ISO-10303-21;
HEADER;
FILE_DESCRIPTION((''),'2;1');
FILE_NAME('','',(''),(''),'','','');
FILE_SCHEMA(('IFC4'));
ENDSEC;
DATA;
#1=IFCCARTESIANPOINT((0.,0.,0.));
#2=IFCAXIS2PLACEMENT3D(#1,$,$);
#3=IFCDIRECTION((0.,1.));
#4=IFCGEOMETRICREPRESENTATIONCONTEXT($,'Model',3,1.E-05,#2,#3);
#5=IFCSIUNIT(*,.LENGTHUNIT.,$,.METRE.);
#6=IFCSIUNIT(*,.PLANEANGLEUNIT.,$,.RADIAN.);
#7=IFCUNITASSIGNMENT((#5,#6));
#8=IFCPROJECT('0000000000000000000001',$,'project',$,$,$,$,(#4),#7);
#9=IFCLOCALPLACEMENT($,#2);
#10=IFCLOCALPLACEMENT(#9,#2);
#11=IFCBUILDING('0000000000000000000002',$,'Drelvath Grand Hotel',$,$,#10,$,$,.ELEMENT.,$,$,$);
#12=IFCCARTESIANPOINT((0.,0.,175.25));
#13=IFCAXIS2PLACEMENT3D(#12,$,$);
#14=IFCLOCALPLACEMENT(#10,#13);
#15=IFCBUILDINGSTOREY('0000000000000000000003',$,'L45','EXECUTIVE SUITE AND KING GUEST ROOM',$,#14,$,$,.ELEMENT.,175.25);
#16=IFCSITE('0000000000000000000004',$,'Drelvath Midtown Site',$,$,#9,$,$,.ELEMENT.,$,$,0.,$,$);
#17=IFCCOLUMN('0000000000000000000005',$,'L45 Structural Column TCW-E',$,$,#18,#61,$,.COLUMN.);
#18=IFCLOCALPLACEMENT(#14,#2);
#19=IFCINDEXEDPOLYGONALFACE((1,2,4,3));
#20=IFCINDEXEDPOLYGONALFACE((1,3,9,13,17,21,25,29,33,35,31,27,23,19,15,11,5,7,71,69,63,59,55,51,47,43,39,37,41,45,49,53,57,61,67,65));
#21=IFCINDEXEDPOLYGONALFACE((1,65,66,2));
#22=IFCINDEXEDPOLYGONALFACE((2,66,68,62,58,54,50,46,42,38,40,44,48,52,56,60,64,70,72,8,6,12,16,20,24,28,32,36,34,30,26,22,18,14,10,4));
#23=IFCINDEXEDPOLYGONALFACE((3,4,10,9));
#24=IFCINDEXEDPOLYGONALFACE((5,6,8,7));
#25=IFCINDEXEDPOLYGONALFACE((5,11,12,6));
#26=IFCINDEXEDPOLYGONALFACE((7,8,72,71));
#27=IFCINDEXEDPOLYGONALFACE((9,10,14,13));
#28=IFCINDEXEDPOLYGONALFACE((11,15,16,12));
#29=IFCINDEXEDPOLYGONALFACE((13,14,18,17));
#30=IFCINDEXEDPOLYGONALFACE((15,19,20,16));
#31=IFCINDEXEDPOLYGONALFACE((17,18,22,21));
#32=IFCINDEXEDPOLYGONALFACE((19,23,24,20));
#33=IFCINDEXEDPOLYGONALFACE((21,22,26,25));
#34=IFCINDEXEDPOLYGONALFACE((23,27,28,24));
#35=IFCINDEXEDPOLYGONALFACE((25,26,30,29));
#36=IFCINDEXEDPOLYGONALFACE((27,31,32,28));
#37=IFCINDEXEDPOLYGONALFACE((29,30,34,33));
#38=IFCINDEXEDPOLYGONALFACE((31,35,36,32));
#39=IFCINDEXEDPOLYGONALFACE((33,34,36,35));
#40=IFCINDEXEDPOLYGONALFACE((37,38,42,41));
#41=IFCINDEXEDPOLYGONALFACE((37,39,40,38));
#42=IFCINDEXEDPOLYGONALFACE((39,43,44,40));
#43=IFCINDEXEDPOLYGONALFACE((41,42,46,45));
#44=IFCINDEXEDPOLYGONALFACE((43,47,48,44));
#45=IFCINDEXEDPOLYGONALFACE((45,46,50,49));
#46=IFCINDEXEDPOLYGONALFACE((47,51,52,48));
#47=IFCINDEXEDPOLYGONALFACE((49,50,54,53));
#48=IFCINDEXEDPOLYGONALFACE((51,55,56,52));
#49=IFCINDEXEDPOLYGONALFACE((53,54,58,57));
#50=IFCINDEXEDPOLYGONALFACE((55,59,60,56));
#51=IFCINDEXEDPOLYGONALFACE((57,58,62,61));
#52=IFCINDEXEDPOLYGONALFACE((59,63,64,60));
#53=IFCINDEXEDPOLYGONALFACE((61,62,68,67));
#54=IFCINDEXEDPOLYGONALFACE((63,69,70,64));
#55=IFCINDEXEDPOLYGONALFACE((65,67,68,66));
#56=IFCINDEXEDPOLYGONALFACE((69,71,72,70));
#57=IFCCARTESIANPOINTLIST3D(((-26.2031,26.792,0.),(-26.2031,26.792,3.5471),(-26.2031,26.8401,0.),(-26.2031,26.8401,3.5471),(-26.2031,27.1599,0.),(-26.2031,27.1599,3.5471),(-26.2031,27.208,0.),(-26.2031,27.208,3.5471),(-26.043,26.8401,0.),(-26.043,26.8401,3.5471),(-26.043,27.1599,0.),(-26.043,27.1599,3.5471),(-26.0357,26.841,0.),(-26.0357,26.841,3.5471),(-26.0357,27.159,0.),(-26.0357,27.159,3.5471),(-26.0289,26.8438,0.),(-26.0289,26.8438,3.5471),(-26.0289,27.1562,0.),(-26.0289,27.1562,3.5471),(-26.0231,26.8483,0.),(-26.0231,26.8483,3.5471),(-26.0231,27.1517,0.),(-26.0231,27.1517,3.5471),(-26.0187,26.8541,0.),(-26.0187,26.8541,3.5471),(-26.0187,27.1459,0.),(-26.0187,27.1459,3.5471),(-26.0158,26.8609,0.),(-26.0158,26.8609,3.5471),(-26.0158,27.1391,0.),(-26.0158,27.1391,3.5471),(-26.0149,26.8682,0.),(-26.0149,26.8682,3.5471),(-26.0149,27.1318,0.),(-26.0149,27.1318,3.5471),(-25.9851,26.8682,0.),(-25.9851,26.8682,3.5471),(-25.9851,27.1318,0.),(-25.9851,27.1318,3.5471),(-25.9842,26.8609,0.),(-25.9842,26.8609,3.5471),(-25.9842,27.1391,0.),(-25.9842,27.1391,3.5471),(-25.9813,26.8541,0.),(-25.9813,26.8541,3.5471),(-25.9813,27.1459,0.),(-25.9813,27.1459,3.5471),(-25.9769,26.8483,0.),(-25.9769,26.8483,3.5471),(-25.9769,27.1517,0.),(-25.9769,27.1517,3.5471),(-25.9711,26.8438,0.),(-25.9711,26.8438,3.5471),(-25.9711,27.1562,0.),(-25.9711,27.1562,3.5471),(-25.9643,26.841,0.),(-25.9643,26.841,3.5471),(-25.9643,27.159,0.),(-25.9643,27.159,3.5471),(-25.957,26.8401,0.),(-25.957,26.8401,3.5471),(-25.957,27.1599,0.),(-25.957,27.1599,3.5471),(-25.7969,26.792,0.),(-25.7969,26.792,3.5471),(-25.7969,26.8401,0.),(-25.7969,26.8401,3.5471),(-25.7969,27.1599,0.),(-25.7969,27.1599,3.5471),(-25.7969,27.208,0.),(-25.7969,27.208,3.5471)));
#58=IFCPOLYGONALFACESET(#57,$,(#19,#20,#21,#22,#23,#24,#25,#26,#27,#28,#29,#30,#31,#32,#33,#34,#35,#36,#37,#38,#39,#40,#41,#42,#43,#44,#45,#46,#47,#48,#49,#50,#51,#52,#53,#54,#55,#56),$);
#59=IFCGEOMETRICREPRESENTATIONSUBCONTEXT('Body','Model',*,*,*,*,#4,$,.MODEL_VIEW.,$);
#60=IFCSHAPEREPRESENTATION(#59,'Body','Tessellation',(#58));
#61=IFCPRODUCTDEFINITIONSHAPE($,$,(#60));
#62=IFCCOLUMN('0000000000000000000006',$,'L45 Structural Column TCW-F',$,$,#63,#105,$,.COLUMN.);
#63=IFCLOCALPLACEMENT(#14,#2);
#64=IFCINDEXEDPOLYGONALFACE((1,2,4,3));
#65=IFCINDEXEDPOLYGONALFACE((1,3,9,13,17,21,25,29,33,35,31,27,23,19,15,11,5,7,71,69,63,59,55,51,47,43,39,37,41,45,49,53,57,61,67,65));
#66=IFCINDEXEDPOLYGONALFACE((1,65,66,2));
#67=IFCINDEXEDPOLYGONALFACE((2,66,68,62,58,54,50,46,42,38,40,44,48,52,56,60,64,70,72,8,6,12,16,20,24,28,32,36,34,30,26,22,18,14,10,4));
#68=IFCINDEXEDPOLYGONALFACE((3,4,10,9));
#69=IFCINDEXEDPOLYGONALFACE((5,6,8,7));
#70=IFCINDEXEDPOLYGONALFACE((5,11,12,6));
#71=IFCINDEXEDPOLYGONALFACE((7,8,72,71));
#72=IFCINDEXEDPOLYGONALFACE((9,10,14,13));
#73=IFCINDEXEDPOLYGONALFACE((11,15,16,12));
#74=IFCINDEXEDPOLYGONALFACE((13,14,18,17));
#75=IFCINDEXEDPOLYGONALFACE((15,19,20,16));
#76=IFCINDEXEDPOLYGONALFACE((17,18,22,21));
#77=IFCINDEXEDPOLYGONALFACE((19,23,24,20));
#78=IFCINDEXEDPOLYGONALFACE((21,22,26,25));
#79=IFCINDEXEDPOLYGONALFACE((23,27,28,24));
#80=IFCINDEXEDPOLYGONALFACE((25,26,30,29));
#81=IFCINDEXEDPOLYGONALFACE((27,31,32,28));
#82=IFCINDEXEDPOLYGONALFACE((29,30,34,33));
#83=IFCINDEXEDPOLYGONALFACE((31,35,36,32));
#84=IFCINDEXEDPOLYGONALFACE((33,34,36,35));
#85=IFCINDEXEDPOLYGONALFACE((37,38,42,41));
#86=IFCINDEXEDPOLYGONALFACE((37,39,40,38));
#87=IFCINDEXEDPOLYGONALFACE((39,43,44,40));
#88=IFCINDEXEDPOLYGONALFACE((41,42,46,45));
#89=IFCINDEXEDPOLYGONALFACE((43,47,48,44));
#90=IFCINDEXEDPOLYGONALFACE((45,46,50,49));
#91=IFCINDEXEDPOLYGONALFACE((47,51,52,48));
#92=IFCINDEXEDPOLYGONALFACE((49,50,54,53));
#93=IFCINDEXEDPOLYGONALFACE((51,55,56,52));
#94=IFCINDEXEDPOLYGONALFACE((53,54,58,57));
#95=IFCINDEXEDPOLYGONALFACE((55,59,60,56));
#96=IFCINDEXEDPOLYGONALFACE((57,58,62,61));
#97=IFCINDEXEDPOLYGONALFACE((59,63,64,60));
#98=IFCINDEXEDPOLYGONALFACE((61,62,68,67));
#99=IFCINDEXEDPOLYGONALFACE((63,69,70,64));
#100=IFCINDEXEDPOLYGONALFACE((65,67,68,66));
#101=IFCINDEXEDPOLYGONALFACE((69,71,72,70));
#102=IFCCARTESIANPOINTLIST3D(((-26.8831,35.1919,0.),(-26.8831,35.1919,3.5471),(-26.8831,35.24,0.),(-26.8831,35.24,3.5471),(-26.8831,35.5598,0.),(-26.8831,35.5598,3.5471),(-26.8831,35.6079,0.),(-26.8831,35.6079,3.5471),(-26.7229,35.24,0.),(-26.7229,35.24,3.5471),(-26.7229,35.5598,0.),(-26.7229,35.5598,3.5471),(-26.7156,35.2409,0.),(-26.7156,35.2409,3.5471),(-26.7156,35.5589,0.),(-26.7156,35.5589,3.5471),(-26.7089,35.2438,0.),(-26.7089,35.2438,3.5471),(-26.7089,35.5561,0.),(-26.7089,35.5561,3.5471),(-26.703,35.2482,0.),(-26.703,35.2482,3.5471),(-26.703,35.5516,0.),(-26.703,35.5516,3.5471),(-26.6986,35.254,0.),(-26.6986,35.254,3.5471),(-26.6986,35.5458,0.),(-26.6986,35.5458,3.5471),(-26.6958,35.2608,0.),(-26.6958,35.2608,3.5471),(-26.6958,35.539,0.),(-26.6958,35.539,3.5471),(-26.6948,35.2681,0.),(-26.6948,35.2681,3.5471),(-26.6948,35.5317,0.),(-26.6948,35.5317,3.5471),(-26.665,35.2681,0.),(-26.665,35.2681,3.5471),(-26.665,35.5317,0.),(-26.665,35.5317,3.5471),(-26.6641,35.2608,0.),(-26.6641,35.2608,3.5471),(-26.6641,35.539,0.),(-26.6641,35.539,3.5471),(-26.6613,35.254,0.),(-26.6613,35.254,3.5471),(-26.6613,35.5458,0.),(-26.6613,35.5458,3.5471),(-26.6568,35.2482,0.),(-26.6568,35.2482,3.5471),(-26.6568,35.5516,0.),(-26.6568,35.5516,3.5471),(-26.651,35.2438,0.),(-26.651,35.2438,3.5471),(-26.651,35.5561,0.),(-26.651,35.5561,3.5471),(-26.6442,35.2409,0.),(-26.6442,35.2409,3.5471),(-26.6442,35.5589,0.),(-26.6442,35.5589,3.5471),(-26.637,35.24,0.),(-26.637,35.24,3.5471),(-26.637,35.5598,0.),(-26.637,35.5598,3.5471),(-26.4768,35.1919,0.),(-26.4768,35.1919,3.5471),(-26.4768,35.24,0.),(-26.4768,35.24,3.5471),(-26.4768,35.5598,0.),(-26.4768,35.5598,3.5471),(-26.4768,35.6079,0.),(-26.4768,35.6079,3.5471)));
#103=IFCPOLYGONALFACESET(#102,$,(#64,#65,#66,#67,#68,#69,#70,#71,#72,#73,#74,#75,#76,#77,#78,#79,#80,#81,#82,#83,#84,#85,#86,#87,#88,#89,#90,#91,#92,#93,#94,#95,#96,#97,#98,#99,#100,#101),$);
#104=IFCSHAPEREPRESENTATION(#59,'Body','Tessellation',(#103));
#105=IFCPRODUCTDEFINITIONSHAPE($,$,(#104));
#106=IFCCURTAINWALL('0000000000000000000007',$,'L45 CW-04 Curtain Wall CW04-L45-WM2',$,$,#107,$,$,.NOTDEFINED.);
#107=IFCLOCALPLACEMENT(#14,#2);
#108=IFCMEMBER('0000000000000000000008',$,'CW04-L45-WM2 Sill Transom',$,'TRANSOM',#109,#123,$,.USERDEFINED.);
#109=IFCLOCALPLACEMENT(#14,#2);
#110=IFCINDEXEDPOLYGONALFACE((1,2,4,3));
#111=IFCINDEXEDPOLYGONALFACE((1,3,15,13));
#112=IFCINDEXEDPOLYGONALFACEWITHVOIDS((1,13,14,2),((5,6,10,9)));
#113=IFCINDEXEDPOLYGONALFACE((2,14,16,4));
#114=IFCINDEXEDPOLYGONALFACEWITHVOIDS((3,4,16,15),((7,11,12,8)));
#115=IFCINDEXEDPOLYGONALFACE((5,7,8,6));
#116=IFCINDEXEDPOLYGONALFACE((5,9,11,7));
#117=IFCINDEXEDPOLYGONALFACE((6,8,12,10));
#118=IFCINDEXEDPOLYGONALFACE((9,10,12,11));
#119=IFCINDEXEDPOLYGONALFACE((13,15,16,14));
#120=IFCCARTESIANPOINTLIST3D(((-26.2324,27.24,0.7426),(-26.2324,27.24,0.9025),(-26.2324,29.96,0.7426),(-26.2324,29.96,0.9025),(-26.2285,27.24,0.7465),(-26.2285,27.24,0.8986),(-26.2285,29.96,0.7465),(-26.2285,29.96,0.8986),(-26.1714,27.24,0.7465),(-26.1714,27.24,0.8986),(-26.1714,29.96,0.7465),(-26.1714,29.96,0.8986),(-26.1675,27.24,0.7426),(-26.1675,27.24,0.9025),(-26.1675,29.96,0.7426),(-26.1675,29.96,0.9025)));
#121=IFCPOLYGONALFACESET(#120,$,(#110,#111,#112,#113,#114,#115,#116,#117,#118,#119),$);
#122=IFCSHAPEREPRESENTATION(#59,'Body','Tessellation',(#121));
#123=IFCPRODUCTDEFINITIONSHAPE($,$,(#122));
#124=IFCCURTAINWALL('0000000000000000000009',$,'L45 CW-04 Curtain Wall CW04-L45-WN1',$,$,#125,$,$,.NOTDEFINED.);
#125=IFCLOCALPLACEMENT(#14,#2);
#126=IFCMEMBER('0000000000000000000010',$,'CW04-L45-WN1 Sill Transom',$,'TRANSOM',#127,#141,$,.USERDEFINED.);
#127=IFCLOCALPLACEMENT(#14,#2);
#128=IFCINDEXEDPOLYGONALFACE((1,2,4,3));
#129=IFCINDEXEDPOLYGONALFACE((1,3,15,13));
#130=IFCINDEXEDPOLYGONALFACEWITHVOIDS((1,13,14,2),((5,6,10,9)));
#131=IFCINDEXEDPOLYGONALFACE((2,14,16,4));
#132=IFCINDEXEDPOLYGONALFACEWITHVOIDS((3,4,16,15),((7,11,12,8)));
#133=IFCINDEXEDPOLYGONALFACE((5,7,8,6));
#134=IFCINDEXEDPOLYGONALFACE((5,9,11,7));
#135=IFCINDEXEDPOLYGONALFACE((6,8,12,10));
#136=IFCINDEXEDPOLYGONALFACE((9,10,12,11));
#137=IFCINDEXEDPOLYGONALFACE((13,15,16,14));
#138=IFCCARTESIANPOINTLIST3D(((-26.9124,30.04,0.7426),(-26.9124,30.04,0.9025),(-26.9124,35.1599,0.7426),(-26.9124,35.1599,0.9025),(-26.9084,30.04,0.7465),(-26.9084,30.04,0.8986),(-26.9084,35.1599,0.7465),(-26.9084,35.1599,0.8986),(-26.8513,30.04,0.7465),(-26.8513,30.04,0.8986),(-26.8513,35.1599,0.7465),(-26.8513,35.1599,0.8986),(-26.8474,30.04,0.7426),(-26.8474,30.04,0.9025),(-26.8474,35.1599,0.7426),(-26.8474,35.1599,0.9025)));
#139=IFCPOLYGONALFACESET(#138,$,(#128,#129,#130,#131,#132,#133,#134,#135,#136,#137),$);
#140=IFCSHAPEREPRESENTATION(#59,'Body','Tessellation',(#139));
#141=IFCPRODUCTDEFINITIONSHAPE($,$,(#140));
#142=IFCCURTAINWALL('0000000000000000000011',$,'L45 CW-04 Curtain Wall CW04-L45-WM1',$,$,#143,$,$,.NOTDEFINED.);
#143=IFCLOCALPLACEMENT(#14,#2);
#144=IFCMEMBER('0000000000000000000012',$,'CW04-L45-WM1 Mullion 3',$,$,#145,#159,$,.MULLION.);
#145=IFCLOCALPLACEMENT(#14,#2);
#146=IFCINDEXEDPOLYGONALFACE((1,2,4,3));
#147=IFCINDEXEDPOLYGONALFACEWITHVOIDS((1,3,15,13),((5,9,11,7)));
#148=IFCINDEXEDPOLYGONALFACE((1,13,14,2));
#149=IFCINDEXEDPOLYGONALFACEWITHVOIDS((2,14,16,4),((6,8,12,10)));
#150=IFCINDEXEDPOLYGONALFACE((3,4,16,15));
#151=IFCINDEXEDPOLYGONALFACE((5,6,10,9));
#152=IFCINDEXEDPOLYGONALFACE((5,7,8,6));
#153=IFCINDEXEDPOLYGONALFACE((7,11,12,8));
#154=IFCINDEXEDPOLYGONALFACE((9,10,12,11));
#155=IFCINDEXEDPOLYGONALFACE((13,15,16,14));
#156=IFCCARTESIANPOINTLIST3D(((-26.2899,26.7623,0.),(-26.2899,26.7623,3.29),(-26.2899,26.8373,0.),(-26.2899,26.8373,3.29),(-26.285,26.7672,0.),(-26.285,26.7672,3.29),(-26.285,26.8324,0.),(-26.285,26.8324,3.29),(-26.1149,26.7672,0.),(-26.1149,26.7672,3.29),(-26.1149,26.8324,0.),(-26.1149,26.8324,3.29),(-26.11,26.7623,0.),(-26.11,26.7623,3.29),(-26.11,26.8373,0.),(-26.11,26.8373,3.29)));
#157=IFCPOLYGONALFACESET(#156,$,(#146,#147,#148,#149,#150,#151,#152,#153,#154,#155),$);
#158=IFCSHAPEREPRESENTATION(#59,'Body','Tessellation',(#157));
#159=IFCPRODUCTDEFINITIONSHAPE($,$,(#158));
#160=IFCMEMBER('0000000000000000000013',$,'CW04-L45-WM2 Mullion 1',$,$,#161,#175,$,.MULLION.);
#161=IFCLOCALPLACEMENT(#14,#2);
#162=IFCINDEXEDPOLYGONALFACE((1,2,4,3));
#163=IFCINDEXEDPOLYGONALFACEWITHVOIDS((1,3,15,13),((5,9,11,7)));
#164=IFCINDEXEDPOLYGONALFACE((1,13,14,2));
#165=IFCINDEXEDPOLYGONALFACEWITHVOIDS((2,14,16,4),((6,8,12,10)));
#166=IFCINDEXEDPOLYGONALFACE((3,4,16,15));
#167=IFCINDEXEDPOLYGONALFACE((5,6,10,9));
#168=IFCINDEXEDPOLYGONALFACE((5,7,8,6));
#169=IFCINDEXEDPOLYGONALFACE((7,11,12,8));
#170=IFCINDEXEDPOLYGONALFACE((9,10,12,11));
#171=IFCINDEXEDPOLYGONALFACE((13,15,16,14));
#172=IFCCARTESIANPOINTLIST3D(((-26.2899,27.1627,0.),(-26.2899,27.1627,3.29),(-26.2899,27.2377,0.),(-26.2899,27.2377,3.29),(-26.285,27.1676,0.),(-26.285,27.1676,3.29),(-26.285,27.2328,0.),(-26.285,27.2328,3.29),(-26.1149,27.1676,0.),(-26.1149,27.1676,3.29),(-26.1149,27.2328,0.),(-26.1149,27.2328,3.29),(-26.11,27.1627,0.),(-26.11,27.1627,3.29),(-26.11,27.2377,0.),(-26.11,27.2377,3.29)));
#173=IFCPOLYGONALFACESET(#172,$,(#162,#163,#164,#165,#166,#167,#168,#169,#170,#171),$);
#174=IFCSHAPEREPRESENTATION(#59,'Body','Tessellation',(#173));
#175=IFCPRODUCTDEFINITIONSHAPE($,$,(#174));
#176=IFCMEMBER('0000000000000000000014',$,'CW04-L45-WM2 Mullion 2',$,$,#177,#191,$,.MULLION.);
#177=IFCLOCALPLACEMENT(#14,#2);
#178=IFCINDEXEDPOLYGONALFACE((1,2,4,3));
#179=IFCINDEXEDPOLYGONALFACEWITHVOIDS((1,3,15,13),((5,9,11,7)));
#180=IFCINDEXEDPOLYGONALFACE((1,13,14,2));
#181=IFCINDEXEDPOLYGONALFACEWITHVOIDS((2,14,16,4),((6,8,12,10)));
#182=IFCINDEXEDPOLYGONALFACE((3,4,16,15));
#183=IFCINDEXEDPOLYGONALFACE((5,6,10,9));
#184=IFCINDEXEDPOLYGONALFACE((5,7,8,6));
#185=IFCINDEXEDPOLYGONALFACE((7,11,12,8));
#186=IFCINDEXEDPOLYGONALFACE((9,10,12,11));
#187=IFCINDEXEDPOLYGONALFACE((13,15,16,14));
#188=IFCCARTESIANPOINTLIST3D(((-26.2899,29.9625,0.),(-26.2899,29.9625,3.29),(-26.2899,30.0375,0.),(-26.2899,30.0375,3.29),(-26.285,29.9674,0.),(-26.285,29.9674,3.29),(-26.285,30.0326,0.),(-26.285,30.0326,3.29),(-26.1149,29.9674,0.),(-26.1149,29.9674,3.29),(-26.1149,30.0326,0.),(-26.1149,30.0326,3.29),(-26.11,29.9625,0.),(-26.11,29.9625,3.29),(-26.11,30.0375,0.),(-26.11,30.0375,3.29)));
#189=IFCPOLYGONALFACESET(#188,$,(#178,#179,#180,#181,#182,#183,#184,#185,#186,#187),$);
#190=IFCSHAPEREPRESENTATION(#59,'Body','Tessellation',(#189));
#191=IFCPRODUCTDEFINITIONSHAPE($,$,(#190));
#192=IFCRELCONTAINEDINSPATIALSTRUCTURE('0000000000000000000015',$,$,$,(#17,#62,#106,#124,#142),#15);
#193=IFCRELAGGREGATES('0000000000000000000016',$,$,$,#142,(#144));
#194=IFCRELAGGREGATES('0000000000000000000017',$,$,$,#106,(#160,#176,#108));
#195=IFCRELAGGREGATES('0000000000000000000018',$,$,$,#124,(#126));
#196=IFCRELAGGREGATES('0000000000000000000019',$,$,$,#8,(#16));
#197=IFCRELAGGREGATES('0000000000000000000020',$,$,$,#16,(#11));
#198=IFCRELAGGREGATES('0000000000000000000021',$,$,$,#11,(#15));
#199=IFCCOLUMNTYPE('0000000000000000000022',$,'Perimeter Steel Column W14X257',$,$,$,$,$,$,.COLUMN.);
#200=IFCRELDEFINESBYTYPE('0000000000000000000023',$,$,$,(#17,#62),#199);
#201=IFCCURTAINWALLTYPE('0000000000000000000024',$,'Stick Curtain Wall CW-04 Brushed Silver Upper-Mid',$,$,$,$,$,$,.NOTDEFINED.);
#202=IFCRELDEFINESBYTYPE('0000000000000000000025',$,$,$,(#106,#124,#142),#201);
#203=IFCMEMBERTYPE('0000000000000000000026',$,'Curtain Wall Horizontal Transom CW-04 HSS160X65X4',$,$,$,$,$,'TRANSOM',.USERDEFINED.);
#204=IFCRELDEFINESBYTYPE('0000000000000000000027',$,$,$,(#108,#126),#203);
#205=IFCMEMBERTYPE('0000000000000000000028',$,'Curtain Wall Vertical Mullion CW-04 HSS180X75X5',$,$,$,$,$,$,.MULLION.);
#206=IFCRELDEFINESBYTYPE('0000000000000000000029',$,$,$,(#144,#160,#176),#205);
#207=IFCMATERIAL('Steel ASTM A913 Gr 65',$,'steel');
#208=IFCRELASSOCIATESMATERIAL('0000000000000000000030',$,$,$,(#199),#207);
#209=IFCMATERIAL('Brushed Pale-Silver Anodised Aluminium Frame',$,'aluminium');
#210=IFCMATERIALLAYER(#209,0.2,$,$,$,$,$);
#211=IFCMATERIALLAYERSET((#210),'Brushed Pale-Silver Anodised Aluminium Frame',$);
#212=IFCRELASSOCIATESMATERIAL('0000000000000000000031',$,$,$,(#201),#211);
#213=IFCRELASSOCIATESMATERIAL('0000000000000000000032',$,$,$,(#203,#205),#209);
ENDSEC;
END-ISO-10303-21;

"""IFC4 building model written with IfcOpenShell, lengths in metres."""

from ifc_helpers import new_model, si_unit, direction, frame, origin, origin_2d, place, context, subcontext, project, spatial, hollow_rectangle, i_section, extrude, material, layer, layer_set, material_profile, profile_set, type_object, element, aggregate, save


model = new_model("IFC4")

# Units and contexts
model_context = context("Model", 3, precision=1e-05, world=origin(), true_north=direction((0.0, 1.0)))
body_context = subcontext(model_context, "Body", "Model", "MODEL_VIEW")
ifc_project = project(units=[si_unit("LENGTHUNIT", "METRE"), si_unit("PLANEANGLEUNIT", "RADIAN")], contexts=[model_context])

# Site, building, storey
site_placement = place(None, origin())
site = spatial("IfcSite", under=ifc_project, at=site_placement, Name="Drelvath Midtown Site", CompositionType="ELEMENT", RefElevation=0.0)
building_placement = place(site_placement, origin())
building = spatial("IfcBuilding", under=site, at=building_placement, Name="Drelvath Grand Hotel", CompositionType="ELEMENT")
storey_placement = place(building_placement, frame((0.0, 0.0, 175.25)))
storey = spatial("IfcBuildingStorey", under=building, at=storey_placement, Name="L45", Description="EXECUTIVE SUITE AND KING GUEST ROOM", CompositionType="ELEMENT", Elevation=175.25)

# Columns
ifc_material_1 = material(Name="Steel ASTM A913 Gr 65", Category="steel")
ifc_material_profile_1 = material_profile(ifc_material_1, i_section(OverallWidth=0.4062, OverallDepth=0.416, WebThickness=0.0298, FlangeThickness=0.0481, FilletRadius=0.0281, at=origin_2d()), Name="W14X257")
ifc_profile_set_1 = profile_set([ifc_material_profile_1], Name="Steel ASTM A913 Gr 65")
column_type = type_object("IfcColumnType", Name="Perimeter Steel Column W14X257", PredefinedType="COLUMN", material=ifc_profile_set_1)
for number, where, z_axis, x_axis, name in (
    (1, (-26.0, 27.0, 0.0), (0.0, 0.0, 1.0), (1.0, 0.0, 0.0), "L45 Structural Column TCW-E"),
    (2, (-26.6799, 35.3999, 0.0), (0.0, 0.0, 1.0), (1.0, 0.0, 0.0), "L45 Structural Column TCW-F"),
):
    element("IfcColumn", number, at=place(storey_placement, frame(where, z_axis=z_axis, x_axis=x_axis)), inside=storey, type_object=column_type, Name=name, PredefinedType="COLUMN", context=body_context, shape_type="SweptSolid", body=[
        extrude(i_section(OverallWidth=0.4062, OverallDepth=0.416, WebThickness=0.0298, FlangeThickness=0.0481, FilletRadius=0.0281, at=origin_2d()), origin(), (0.0, 0.0, 1.0), 3.5471),
    ])

# Curtain walls, members
ifc_material_2 = material(Name="Brushed Pale-Silver Anodised Aluminium Frame", Category="aluminium")
ifc_layer_1 = layer(ifc_material_2, 0.2)
ifc_layer_set_1 = layer_set([ifc_layer_1], Name="Brushed Pale-Silver Anodised Aluminium Frame")
curtain_wall_type = type_object("IfcCurtainWallType", Name="Stick Curtain Wall CW-04 Brushed Silver Upper-Mid", PredefinedType="NOTDEFINED", material=ifc_layer_set_1)
curtain_wall_1_placement = place(storey_placement, origin())
curtain_wall_1 = element("IfcCurtainWall", 3, at=curtain_wall_1_placement, inside=storey, type_object=curtain_wall_type, Name="L45 CW-04 Curtain Wall CW04-L45-WM2", PredefinedType="NOTDEFINED")
ifc_material_profile_2 = material_profile(ifc_material_2, hollow_rectangle(XDim=0.0649, YDim=0.1599, WallThickness=0.0039, at=origin_2d()), Name="HSS160X65X4")
ifc_profile_set_2 = profile_set([ifc_material_profile_2], Name="Brushed Pale-Silver Anodised Aluminium Frame")
member_type_1 = type_object("IfcMemberType", Name="Curtain Wall Horizontal Transom CW-04 HSS160X65X4", ElementType="TRANSOM", PredefinedType="USERDEFINED", material=ifc_profile_set_2)
member_1_placement = place(storey_placement, frame((-26.2, 27.24, 0.8225), z_axis=(0.0, 1.0, 0.0), x_axis=(-1.0, 0.0, 0.0)))
member_1 = element("IfcMember", 4, at=member_1_placement, type_object=member_type_1, Name="CW04-L45-WM2 Sill Transom", ObjectType="TRANSOM", PredefinedType="USERDEFINED", context=body_context, shape_type="SweptSolid", body=[
    extrude(hollow_rectangle(XDim=0.0649, YDim=0.1599, WallThickness=0.0039, at=origin_2d()), origin(), (0.0, 0.0, 1.0), 2.72),
])
curtain_wall_2_placement = place(storey_placement, origin())
curtain_wall_2 = element("IfcCurtainWall", 5, at=curtain_wall_2_placement, inside=storey, type_object=curtain_wall_type, Name="L45 CW-04 Curtain Wall CW04-L45-WN1", PredefinedType="NOTDEFINED")
member_2_placement = place(storey_placement, frame((-26.8799, 30.04, 0.8225), z_axis=(0.0, 1.0, 0.0), x_axis=(-1.0, 0.0, 0.0)))
member_2 = element("IfcMember", 6, at=member_2_placement, type_object=member_type_1, Name="CW04-L45-WN1 Sill Transom", ObjectType="TRANSOM", PredefinedType="USERDEFINED", context=body_context, shape_type="SweptSolid", body=[
    extrude(hollow_rectangle(XDim=0.0649, YDim=0.1599, WallThickness=0.0039, at=origin_2d()), origin(), (0.0, 0.0, 1.0), 5.1199),
])
curtain_wall_3_placement = place(storey_placement, origin())
curtain_wall_3 = element("IfcCurtainWall", 7, at=curtain_wall_3_placement, inside=storey, type_object=curtain_wall_type, Name="L45 CW-04 Curtain Wall CW04-L45-WM1", PredefinedType="NOTDEFINED")
ifc_material_profile_3 = material_profile(ifc_material_2, hollow_rectangle(XDim=0.075, YDim=0.1799, WallThickness=0.0049, at=origin_2d()), Name="HSS180X75X5")
ifc_profile_set_3 = profile_set([ifc_material_profile_3], Name="Brushed Pale-Silver Anodised Aluminium Frame")
member_type_2 = type_object("IfcMemberType", Name="Curtain Wall Vertical Mullion CW-04 HSS180X75X5", PredefinedType="MULLION", material=ifc_profile_set_3)
member_3_placement = place(storey_placement, frame((-26.2, 26.7998, 0.0), z_axis=(0.0, 0.0, 1.0), x_axis=(0.0, 1.0, 0.0)))
member_3 = element("IfcMember", 8, at=member_3_placement, type_object=member_type_2, Name="CW04-L45-WM1 Mullion 3", PredefinedType="MULLION", context=body_context, shape_type="SweptSolid", body=[
    extrude(hollow_rectangle(XDim=0.075, YDim=0.1799, WallThickness=0.0049, at=origin_2d()), origin(), (0.0, 0.0, 1.0), 3.29),
])
aggregate(curtain_wall_3, [member_3])

# Members
member_4_placement = place(storey_placement, frame((-26.2, 27.2002, 0.0), z_axis=(0.0, 0.0, 1.0), x_axis=(0.0, 1.0, 0.0)))
member_4 = element("IfcMember", 9, at=member_4_placement, type_object=member_type_2, Name="CW04-L45-WM2 Mullion 1", PredefinedType="MULLION", context=body_context, shape_type="SweptSolid", body=[
    extrude(hollow_rectangle(XDim=0.075, YDim=0.1799, WallThickness=0.0049, at=origin_2d()), origin(), (0.0, 0.0, 1.0), 3.29),
])
member_5_placement = place(storey_placement, frame((-26.2, 30.0, 0.0), z_axis=(0.0, 0.0, 1.0), x_axis=(0.0, 1.0, 0.0)))
member_5 = element("IfcMember", 10, at=member_5_placement, type_object=member_type_2, Name="CW04-L45-WM2 Mullion 2", PredefinedType="MULLION", context=body_context, shape_type="SweptSolid", body=[
    extrude(hollow_rectangle(XDim=0.075, YDim=0.1799, WallThickness=0.0049, at=origin_2d()), origin(), (0.0, 0.0, 1.0), 3.29),
])

aggregate(curtain_wall_1, [member_4, member_5, member_1])
aggregate(curtain_wall_2, [member_2])

save(model, "model.ifc")
